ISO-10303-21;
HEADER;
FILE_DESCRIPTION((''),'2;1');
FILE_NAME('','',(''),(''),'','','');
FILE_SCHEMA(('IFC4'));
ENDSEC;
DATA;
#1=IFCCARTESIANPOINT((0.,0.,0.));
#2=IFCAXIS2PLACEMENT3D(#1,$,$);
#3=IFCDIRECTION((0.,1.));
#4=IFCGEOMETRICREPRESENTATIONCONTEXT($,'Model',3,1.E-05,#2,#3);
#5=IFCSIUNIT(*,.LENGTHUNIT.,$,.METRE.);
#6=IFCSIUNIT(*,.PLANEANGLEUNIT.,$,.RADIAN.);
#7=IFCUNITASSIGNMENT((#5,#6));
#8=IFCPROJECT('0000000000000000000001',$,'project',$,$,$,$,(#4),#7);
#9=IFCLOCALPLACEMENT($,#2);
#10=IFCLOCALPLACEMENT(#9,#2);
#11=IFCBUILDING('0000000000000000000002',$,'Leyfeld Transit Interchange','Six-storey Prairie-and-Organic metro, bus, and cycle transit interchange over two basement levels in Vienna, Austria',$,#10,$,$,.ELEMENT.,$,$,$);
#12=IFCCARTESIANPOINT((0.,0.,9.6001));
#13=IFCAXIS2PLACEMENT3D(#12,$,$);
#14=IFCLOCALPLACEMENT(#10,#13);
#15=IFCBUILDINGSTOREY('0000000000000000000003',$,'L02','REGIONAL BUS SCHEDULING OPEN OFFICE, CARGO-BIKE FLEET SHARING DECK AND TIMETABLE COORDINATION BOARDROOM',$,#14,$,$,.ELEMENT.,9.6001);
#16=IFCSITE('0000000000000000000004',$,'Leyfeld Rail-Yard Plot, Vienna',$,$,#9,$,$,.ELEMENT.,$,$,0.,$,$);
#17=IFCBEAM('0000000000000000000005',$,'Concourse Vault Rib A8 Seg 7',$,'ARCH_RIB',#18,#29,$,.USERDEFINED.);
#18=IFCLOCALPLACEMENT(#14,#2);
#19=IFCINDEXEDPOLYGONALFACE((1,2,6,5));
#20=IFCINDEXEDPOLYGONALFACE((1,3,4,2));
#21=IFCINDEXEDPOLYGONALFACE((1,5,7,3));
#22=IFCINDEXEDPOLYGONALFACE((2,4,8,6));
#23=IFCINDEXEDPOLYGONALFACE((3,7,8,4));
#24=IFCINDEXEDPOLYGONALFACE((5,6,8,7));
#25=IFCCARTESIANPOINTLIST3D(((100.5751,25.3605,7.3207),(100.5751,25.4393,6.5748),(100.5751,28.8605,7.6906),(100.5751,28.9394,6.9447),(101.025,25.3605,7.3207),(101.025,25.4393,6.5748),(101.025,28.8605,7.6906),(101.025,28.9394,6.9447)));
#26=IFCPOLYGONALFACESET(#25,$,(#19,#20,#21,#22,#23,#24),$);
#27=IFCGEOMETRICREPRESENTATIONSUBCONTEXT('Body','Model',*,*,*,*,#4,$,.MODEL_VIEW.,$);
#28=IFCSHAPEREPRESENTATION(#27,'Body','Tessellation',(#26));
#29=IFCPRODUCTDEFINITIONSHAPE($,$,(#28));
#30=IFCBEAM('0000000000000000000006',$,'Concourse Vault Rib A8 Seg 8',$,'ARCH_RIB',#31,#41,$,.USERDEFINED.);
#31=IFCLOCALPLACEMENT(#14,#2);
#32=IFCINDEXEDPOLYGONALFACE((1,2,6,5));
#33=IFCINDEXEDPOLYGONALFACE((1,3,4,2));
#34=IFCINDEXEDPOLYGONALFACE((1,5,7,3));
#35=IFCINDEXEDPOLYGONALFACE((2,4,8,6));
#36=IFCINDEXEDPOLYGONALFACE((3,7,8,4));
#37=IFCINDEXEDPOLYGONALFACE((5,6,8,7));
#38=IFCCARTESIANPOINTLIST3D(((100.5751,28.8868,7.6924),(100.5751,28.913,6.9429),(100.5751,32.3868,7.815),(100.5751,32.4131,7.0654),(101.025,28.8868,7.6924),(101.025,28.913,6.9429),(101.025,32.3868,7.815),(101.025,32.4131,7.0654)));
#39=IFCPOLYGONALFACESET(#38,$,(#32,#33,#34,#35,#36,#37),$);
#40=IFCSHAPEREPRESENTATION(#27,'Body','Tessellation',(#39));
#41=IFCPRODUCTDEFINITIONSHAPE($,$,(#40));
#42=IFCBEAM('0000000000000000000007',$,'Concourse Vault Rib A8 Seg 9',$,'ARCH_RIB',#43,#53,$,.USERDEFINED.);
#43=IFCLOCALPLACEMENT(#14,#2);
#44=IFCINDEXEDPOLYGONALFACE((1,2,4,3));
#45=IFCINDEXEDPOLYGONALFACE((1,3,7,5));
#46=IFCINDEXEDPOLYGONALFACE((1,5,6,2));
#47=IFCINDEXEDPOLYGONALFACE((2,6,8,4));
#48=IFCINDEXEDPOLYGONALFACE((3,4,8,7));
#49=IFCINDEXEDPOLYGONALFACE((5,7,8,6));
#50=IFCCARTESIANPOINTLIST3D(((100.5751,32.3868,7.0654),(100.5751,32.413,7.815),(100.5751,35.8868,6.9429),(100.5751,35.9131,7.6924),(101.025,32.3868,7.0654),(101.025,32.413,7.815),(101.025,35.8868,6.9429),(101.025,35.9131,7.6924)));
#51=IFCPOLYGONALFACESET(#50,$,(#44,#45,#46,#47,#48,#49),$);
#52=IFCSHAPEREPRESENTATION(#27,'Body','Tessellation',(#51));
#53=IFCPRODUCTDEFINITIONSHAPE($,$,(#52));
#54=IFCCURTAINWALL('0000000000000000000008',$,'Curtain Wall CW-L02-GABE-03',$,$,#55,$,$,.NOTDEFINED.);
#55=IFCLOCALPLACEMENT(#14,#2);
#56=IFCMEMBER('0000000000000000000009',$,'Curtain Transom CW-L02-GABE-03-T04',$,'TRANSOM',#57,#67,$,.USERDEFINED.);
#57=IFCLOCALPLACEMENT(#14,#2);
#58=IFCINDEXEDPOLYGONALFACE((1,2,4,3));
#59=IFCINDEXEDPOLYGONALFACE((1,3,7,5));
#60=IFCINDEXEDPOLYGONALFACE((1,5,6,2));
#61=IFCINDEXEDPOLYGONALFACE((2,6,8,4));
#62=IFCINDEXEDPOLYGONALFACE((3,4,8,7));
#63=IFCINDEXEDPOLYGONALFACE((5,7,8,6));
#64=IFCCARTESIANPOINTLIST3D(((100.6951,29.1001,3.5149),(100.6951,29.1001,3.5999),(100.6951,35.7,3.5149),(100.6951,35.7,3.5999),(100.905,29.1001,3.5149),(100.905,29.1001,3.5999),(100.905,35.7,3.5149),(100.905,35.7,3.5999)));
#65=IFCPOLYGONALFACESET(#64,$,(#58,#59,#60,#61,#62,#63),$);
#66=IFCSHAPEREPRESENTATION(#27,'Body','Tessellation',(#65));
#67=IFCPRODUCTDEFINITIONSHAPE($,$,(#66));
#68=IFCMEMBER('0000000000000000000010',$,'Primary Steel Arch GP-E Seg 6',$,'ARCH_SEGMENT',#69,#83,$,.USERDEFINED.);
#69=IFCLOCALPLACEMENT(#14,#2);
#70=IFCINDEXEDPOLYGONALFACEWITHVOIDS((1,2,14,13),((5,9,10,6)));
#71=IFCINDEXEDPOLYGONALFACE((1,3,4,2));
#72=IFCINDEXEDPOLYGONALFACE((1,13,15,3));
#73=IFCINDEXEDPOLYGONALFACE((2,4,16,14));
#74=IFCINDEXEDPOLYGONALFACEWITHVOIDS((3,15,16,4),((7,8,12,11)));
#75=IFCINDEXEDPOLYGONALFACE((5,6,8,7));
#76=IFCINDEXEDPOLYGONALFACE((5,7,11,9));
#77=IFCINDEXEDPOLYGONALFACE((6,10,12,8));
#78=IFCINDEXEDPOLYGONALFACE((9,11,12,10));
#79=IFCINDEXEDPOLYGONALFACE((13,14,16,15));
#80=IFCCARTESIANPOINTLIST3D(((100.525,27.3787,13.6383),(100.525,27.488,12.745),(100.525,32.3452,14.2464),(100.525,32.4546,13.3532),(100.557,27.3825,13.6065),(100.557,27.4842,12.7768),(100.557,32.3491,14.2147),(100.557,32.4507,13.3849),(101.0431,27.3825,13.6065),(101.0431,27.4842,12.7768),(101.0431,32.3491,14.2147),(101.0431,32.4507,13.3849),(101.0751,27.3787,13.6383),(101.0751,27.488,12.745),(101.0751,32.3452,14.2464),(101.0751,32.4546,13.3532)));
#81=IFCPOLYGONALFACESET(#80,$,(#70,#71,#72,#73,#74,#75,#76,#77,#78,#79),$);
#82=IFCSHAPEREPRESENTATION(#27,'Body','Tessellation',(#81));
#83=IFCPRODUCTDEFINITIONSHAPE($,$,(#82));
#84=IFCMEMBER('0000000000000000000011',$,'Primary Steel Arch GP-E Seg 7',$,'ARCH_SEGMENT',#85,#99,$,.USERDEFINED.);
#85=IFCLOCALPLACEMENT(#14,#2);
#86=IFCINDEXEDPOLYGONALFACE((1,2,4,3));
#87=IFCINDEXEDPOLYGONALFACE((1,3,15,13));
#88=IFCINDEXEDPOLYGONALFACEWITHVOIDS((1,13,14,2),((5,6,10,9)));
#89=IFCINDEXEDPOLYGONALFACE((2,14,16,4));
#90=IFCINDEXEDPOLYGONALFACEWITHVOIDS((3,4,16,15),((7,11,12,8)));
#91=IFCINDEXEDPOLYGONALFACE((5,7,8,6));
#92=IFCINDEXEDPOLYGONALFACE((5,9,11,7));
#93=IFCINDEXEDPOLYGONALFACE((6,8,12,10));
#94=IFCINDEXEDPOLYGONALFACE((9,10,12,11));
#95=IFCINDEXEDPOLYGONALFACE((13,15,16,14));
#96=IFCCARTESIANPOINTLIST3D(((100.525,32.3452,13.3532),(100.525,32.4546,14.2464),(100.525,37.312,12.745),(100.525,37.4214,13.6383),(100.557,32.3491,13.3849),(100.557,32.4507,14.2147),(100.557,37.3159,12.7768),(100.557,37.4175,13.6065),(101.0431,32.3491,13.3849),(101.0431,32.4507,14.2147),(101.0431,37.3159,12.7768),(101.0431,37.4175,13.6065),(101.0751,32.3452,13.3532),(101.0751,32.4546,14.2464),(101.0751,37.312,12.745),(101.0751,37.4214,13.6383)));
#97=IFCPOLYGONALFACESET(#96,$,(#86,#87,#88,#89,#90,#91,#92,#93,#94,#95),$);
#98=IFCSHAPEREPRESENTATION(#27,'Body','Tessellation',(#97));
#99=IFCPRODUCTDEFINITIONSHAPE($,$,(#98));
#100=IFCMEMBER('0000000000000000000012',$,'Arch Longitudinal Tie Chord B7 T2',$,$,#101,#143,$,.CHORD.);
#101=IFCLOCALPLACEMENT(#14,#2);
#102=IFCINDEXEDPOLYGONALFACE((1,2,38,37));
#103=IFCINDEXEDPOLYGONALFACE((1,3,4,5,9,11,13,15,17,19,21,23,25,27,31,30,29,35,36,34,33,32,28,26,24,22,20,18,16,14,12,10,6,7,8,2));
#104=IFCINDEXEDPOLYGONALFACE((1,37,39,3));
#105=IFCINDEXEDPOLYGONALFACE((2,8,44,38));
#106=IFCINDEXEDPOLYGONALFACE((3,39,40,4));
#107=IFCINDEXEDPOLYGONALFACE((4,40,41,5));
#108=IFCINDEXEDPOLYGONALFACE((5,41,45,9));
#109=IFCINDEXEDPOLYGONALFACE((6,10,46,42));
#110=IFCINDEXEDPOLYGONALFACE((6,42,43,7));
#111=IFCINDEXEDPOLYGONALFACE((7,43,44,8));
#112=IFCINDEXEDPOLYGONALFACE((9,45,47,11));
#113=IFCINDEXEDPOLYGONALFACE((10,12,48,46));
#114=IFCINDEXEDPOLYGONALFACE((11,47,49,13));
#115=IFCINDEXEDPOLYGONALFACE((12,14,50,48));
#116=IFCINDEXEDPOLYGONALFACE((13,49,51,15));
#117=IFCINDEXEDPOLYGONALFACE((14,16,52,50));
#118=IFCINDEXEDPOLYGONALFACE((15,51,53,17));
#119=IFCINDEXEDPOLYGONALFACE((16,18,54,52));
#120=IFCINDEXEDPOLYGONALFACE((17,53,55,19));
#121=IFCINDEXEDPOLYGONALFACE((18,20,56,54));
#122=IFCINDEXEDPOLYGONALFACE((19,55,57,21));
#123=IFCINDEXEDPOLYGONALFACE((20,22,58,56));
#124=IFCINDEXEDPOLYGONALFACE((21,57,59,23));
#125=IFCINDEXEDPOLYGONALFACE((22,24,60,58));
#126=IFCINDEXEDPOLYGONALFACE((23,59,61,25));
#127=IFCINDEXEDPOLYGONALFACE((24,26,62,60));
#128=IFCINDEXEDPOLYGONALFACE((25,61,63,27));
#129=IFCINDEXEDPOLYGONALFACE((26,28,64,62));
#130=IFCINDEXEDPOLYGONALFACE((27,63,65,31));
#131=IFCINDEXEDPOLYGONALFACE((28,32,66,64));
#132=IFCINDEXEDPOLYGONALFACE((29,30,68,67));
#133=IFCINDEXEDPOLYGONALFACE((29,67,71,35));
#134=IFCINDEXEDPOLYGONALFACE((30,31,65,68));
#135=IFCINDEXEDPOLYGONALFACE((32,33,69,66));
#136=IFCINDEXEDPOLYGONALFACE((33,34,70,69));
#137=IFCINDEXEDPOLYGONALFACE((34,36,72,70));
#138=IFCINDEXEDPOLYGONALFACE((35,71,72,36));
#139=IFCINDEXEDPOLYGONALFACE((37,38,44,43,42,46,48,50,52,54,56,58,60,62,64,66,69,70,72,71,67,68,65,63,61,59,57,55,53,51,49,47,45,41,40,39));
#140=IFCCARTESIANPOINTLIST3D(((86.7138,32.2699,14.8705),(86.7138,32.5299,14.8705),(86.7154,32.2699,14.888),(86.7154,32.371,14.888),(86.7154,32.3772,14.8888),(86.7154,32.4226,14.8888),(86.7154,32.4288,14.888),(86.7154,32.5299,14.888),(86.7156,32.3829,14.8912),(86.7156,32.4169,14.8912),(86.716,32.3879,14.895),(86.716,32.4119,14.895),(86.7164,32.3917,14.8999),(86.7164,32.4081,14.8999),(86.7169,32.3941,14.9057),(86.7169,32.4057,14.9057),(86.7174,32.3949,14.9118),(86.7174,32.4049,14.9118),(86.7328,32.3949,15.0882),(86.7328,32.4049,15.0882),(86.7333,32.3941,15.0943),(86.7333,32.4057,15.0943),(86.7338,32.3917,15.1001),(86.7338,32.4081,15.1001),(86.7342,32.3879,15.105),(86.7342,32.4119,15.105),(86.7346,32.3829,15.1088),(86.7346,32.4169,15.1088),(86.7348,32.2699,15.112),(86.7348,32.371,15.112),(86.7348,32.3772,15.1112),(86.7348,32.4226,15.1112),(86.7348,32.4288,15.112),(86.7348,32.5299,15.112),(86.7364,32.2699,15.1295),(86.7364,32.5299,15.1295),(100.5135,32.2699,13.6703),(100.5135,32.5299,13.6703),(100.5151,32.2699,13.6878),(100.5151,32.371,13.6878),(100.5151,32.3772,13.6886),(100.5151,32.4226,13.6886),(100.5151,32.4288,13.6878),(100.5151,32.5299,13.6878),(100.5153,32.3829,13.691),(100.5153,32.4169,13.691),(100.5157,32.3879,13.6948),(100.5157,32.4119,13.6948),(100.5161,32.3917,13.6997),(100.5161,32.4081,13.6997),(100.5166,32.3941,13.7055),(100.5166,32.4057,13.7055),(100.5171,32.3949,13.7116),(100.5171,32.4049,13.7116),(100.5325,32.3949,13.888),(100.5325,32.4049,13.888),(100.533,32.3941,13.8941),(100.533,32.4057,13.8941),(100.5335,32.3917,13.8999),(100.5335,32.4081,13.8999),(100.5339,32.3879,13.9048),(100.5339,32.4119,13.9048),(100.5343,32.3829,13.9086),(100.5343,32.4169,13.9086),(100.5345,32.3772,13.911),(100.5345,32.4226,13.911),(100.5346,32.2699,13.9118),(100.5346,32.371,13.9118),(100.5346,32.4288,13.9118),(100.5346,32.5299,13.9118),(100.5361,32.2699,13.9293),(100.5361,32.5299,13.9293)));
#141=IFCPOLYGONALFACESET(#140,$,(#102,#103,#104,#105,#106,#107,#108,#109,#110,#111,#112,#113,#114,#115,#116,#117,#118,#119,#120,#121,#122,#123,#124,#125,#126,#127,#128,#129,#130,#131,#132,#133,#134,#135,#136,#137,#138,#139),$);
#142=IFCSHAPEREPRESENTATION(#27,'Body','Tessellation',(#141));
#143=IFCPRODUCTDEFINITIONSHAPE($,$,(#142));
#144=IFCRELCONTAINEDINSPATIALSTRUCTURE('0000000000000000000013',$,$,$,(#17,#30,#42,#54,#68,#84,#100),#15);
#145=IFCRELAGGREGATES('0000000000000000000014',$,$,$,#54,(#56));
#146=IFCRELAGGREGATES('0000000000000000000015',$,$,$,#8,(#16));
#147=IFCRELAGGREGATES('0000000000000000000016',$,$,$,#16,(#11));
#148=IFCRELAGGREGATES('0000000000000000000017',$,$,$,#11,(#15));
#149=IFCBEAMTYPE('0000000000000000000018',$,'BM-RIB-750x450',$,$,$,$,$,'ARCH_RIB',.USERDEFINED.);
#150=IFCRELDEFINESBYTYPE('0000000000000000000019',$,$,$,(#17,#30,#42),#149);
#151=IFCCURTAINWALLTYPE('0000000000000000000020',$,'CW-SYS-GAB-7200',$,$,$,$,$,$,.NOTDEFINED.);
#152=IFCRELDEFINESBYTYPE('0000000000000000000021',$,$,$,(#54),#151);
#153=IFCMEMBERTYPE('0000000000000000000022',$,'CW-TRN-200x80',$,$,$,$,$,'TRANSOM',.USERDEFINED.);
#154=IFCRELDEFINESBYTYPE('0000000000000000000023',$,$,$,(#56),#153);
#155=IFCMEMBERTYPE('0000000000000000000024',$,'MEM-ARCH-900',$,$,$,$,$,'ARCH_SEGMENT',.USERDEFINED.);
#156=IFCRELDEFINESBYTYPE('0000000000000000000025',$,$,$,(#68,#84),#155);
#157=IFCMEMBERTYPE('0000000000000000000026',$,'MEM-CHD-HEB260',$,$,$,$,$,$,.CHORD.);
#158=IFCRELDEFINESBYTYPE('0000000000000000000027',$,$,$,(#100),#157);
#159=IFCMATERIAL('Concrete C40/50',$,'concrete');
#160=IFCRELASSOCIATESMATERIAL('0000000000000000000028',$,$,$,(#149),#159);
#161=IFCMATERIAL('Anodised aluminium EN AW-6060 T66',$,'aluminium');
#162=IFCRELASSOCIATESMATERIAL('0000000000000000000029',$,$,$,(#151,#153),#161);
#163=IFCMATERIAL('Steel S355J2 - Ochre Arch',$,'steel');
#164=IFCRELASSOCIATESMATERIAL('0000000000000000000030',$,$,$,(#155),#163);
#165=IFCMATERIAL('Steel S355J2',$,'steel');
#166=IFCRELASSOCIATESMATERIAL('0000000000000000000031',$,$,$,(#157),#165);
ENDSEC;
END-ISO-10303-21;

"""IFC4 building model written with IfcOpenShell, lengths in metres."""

from ifc_helpers import new_model, si_unit, direction, frame, origin, origin_2d, place, context, subcontext, project, spatial, rectangle, hollow_rectangle, i_section, extrude, material, material_profile, profile_set, type_object, element, aggregate, save


model = new_model("IFC4")

# Units and contexts
model_context = context("Model", 3, precision=1e-05, world=origin(), true_north=direction((0.0, 1.0)))
body_context = subcontext(model_context, "Body", "Model", "MODEL_VIEW")
ifc_project = project(units=[si_unit("LENGTHUNIT", "METRE"), si_unit("PLANEANGLEUNIT", "RADIAN")], contexts=[model_context])

# Site, building, storey
site_placement = place(None, origin())
site = spatial("IfcSite", under=ifc_project, at=site_placement, Name="Leyfeld Rail-Yard Plot, Vienna", CompositionType="ELEMENT", RefElevation=0.0)
building_placement = place(site_placement, origin())
building = spatial("IfcBuilding", under=site, at=building_placement, Name="Leyfeld Transit Interchange", Description="Six-storey Prairie-and-Organic metro, bus, and cycle transit interchange over two basement levels in Vienna, Austria", CompositionType="ELEMENT")
storey_placement = place(building_placement, frame((0.0, 0.0, 9.6001)))
storey = spatial("IfcBuildingStorey", under=building, at=storey_placement, Name="L02", Description="REGIONAL BUS SCHEDULING OPEN OFFICE, CARGO-BIKE FLEET SHARING DECK AND TIMETABLE COORDINATION BOARDROOM", CompositionType="ELEMENT", Elevation=9.6001)

# Beams
ifc_material_1 = material(Name="Concrete C40/50", Category="concrete")
ifc_material_profile_1 = material_profile(ifc_material_1, rectangle(XDim=0.45, YDim=0.75, at=origin_2d()), Name="RC 750x450 RIB")
ifc_profile_set_1 = profile_set([ifc_material_profile_1], Name="Concrete C40/50")
beam_type = type_object("IfcBeamType", Name="BM-RIB-750x450", ElementType="ARCH_RIB", PredefinedType="USERDEFINED", material=ifc_profile_set_1)
beam_placement = place(storey_placement, frame((100.8, 25.3999, 6.9478), z_axis=(0.0, 0.994462, 0.105093), x_axis=(-1.0, 0.0, 0.0)))
element("IfcBeam", 1, at=beam_placement, inside=storey, type_object=beam_type, Name="Concourse Vault Rib A8 Seg 7", ObjectType="ARCH_RIB", PredefinedType="USERDEFINED", context=body_context, shape_type="SweptSolid", body=[
    extrude(rectangle(XDim=0.45, YDim=0.75, at=origin_2d()), origin(), (0.0, 0.0, 1.0), 3.5195),
])
for number, where, z_axis, x_axis, name in (
    (2, (100.8, 28.8999, 7.3176), (0.0, 0.999387, 0.034995), (-1.0, 0.0, 0.0), "Concourse Vault Rib A8 Seg 8"),
    (3, (100.8, 32.3999, 7.4402), (0.0, 0.999387, -0.034995), (-1.0, 0.0, 0.0), "Concourse Vault Rib A8 Seg 9"),
):
    element("IfcBeam", number, at=place(storey_placement, frame(where, z_axis=z_axis, x_axis=x_axis)), inside=storey, type_object=beam_type, Name=name, ObjectType="ARCH_RIB", PredefinedType="USERDEFINED", context=body_context, shape_type="SweptSolid", body=[
        extrude(rectangle(XDim=0.45, YDim=0.75, at=origin_2d()), origin(), (0.0, 0.0, 1.0), 3.5022),
    ])

# Curtain wall, member
ifc_material_2 = material(Name="Anodised aluminium EN AW-6060 T66", Category="aluminium")
curtain_wall_type = type_object("IfcCurtainWallType", Name="CW-SYS-GAB-7200", PredefinedType="NOTDEFINED", material=ifc_material_2)
curtain_wall_1_placement = place(storey_placement, origin())
curtain_wall_1 = element("IfcCurtainWall", 4, at=curtain_wall_1_placement, inside=storey, type_object=curtain_wall_type, Name="Curtain Wall CW-L02-GABE-03", PredefinedType="NOTDEFINED")
ifc_material_profile_2 = material_profile(ifc_material_2, rectangle(XDim=0.21, YDim=0.085, at=origin_2d()), Name="CW-TRN-200x80")
ifc_profile_set_2 = profile_set([ifc_material_profile_2], Name="Anodised aluminium EN AW-6060 T66")
member_type_1 = type_object("IfcMemberType", Name="CW-TRN-200x80", ElementType="TRANSOM", PredefinedType="USERDEFINED", material=ifc_profile_set_2)
member_1_placement = place(storey_placement, frame((100.8, 29.1001, 3.5574), z_axis=(0.0, 1.0, 0.0), x_axis=(-1.0, 0.0, 0.0)))
member_1 = element("IfcMember", 5, at=member_1_placement, type_object=member_type_1, Name="Curtain Transom CW-L02-GABE-03-T04", ObjectType="TRANSOM", PredefinedType="USERDEFINED", context=body_context, shape_type="SweptSolid", body=[
    extrude(rectangle(XDim=0.21, YDim=0.085, at=origin_2d()), origin(), (0.0, 0.0, 1.0), 6.5999),
])

# Members
ifc_material_3 = material(Name="Steel S355J2 - Ochre Arch", Category="steel")
ifc_material_profile_3 = material_profile(ifc_material_3, hollow_rectangle(XDim=0.55, YDim=0.8999, WallThickness=0.032, at=origin_2d()), Name="RHS 900x550x32")
ifc_profile_set_3 = profile_set([ifc_material_profile_3], Name="Steel S355J2 - Ochre Arch")
member_type_2 = type_object("IfcMemberType", Name="MEM-ARCH-900", ElementType="ARCH_SEGMENT", PredefinedType="USERDEFINED", material=ifc_profile_set_3)
member_2_placement = place(storey_placement, frame((100.8, 27.4333, 13.1917), z_axis=(0.0, 0.992586, 0.121542), x_axis=(-1.0, 0.0, 0.0)))
element("IfcMember", 6, at=member_2_placement, inside=storey, type_object=member_type_2, Name="Primary Steel Arch GP-E Seg 6", ObjectType="ARCH_SEGMENT", PredefinedType="USERDEFINED", context=body_context, shape_type="SweptSolid", body=[
    extrude(hollow_rectangle(XDim=0.55, YDim=0.8999, WallThickness=0.032, at=origin_2d()), origin(), (0.0, 0.0, 1.0), 5.0037),
])
member_3_placement = place(storey_placement, frame((100.8, 32.3999, 13.7998), z_axis=(0.0, 0.992587, -0.121536), x_axis=(-1.0, 0.0, 0.0)))
element("IfcMember", 7, at=member_3_placement, inside=storey, type_object=member_type_2, Name="Primary Steel Arch GP-E Seg 7", ObjectType="ARCH_SEGMENT", PredefinedType="USERDEFINED", context=body_context, shape_type="SweptSolid", body=[
    extrude(hollow_rectangle(XDim=0.55, YDim=0.8999, WallThickness=0.032, at=origin_2d()), origin(), (0.0, 0.0, 1.0), 5.0039),
])
ifc_material_4 = material(Name="Steel S355J2", Category="steel")
ifc_material_profile_4 = material_profile(ifc_material_4, i_section(OverallWidth=0.26, OverallDepth=0.26, WebThickness=0.01, FlangeThickness=0.0176, FilletRadius=0.0239, at=origin_2d()), Name="HEB 260")
ifc_profile_set_4 = profile_set([ifc_material_profile_4], Name="Steel S355J2")
member_type_3 = type_object("IfcMemberType", Name="MEM-CHD-HEB260", PredefinedType="CHORD", material=ifc_profile_set_4)
member_4_placement = place(storey_placement, frame((86.7251, 32.3999, 15.0), z_axis=(0.996239, 0.0, -0.086645), x_axis=(0.0, 1.0, 0.0)))
element("IfcMember", 8, at=member_4_placement, inside=storey, type_object=member_type_3, Name="Arch Longitudinal Tie Chord B7 T2", PredefinedType="CHORD", context=body_context, shape_type="SweptSolid", body=[
    extrude(i_section(OverallWidth=0.26, OverallDepth=0.26, WebThickness=0.01, FlangeThickness=0.0176, FilletRadius=0.0239, at=origin_2d()), origin(), (0.0, 0.0, 1.0), 13.8518),
])

aggregate(curtain_wall_1, [member_1])

save(model, "model.ifc")
